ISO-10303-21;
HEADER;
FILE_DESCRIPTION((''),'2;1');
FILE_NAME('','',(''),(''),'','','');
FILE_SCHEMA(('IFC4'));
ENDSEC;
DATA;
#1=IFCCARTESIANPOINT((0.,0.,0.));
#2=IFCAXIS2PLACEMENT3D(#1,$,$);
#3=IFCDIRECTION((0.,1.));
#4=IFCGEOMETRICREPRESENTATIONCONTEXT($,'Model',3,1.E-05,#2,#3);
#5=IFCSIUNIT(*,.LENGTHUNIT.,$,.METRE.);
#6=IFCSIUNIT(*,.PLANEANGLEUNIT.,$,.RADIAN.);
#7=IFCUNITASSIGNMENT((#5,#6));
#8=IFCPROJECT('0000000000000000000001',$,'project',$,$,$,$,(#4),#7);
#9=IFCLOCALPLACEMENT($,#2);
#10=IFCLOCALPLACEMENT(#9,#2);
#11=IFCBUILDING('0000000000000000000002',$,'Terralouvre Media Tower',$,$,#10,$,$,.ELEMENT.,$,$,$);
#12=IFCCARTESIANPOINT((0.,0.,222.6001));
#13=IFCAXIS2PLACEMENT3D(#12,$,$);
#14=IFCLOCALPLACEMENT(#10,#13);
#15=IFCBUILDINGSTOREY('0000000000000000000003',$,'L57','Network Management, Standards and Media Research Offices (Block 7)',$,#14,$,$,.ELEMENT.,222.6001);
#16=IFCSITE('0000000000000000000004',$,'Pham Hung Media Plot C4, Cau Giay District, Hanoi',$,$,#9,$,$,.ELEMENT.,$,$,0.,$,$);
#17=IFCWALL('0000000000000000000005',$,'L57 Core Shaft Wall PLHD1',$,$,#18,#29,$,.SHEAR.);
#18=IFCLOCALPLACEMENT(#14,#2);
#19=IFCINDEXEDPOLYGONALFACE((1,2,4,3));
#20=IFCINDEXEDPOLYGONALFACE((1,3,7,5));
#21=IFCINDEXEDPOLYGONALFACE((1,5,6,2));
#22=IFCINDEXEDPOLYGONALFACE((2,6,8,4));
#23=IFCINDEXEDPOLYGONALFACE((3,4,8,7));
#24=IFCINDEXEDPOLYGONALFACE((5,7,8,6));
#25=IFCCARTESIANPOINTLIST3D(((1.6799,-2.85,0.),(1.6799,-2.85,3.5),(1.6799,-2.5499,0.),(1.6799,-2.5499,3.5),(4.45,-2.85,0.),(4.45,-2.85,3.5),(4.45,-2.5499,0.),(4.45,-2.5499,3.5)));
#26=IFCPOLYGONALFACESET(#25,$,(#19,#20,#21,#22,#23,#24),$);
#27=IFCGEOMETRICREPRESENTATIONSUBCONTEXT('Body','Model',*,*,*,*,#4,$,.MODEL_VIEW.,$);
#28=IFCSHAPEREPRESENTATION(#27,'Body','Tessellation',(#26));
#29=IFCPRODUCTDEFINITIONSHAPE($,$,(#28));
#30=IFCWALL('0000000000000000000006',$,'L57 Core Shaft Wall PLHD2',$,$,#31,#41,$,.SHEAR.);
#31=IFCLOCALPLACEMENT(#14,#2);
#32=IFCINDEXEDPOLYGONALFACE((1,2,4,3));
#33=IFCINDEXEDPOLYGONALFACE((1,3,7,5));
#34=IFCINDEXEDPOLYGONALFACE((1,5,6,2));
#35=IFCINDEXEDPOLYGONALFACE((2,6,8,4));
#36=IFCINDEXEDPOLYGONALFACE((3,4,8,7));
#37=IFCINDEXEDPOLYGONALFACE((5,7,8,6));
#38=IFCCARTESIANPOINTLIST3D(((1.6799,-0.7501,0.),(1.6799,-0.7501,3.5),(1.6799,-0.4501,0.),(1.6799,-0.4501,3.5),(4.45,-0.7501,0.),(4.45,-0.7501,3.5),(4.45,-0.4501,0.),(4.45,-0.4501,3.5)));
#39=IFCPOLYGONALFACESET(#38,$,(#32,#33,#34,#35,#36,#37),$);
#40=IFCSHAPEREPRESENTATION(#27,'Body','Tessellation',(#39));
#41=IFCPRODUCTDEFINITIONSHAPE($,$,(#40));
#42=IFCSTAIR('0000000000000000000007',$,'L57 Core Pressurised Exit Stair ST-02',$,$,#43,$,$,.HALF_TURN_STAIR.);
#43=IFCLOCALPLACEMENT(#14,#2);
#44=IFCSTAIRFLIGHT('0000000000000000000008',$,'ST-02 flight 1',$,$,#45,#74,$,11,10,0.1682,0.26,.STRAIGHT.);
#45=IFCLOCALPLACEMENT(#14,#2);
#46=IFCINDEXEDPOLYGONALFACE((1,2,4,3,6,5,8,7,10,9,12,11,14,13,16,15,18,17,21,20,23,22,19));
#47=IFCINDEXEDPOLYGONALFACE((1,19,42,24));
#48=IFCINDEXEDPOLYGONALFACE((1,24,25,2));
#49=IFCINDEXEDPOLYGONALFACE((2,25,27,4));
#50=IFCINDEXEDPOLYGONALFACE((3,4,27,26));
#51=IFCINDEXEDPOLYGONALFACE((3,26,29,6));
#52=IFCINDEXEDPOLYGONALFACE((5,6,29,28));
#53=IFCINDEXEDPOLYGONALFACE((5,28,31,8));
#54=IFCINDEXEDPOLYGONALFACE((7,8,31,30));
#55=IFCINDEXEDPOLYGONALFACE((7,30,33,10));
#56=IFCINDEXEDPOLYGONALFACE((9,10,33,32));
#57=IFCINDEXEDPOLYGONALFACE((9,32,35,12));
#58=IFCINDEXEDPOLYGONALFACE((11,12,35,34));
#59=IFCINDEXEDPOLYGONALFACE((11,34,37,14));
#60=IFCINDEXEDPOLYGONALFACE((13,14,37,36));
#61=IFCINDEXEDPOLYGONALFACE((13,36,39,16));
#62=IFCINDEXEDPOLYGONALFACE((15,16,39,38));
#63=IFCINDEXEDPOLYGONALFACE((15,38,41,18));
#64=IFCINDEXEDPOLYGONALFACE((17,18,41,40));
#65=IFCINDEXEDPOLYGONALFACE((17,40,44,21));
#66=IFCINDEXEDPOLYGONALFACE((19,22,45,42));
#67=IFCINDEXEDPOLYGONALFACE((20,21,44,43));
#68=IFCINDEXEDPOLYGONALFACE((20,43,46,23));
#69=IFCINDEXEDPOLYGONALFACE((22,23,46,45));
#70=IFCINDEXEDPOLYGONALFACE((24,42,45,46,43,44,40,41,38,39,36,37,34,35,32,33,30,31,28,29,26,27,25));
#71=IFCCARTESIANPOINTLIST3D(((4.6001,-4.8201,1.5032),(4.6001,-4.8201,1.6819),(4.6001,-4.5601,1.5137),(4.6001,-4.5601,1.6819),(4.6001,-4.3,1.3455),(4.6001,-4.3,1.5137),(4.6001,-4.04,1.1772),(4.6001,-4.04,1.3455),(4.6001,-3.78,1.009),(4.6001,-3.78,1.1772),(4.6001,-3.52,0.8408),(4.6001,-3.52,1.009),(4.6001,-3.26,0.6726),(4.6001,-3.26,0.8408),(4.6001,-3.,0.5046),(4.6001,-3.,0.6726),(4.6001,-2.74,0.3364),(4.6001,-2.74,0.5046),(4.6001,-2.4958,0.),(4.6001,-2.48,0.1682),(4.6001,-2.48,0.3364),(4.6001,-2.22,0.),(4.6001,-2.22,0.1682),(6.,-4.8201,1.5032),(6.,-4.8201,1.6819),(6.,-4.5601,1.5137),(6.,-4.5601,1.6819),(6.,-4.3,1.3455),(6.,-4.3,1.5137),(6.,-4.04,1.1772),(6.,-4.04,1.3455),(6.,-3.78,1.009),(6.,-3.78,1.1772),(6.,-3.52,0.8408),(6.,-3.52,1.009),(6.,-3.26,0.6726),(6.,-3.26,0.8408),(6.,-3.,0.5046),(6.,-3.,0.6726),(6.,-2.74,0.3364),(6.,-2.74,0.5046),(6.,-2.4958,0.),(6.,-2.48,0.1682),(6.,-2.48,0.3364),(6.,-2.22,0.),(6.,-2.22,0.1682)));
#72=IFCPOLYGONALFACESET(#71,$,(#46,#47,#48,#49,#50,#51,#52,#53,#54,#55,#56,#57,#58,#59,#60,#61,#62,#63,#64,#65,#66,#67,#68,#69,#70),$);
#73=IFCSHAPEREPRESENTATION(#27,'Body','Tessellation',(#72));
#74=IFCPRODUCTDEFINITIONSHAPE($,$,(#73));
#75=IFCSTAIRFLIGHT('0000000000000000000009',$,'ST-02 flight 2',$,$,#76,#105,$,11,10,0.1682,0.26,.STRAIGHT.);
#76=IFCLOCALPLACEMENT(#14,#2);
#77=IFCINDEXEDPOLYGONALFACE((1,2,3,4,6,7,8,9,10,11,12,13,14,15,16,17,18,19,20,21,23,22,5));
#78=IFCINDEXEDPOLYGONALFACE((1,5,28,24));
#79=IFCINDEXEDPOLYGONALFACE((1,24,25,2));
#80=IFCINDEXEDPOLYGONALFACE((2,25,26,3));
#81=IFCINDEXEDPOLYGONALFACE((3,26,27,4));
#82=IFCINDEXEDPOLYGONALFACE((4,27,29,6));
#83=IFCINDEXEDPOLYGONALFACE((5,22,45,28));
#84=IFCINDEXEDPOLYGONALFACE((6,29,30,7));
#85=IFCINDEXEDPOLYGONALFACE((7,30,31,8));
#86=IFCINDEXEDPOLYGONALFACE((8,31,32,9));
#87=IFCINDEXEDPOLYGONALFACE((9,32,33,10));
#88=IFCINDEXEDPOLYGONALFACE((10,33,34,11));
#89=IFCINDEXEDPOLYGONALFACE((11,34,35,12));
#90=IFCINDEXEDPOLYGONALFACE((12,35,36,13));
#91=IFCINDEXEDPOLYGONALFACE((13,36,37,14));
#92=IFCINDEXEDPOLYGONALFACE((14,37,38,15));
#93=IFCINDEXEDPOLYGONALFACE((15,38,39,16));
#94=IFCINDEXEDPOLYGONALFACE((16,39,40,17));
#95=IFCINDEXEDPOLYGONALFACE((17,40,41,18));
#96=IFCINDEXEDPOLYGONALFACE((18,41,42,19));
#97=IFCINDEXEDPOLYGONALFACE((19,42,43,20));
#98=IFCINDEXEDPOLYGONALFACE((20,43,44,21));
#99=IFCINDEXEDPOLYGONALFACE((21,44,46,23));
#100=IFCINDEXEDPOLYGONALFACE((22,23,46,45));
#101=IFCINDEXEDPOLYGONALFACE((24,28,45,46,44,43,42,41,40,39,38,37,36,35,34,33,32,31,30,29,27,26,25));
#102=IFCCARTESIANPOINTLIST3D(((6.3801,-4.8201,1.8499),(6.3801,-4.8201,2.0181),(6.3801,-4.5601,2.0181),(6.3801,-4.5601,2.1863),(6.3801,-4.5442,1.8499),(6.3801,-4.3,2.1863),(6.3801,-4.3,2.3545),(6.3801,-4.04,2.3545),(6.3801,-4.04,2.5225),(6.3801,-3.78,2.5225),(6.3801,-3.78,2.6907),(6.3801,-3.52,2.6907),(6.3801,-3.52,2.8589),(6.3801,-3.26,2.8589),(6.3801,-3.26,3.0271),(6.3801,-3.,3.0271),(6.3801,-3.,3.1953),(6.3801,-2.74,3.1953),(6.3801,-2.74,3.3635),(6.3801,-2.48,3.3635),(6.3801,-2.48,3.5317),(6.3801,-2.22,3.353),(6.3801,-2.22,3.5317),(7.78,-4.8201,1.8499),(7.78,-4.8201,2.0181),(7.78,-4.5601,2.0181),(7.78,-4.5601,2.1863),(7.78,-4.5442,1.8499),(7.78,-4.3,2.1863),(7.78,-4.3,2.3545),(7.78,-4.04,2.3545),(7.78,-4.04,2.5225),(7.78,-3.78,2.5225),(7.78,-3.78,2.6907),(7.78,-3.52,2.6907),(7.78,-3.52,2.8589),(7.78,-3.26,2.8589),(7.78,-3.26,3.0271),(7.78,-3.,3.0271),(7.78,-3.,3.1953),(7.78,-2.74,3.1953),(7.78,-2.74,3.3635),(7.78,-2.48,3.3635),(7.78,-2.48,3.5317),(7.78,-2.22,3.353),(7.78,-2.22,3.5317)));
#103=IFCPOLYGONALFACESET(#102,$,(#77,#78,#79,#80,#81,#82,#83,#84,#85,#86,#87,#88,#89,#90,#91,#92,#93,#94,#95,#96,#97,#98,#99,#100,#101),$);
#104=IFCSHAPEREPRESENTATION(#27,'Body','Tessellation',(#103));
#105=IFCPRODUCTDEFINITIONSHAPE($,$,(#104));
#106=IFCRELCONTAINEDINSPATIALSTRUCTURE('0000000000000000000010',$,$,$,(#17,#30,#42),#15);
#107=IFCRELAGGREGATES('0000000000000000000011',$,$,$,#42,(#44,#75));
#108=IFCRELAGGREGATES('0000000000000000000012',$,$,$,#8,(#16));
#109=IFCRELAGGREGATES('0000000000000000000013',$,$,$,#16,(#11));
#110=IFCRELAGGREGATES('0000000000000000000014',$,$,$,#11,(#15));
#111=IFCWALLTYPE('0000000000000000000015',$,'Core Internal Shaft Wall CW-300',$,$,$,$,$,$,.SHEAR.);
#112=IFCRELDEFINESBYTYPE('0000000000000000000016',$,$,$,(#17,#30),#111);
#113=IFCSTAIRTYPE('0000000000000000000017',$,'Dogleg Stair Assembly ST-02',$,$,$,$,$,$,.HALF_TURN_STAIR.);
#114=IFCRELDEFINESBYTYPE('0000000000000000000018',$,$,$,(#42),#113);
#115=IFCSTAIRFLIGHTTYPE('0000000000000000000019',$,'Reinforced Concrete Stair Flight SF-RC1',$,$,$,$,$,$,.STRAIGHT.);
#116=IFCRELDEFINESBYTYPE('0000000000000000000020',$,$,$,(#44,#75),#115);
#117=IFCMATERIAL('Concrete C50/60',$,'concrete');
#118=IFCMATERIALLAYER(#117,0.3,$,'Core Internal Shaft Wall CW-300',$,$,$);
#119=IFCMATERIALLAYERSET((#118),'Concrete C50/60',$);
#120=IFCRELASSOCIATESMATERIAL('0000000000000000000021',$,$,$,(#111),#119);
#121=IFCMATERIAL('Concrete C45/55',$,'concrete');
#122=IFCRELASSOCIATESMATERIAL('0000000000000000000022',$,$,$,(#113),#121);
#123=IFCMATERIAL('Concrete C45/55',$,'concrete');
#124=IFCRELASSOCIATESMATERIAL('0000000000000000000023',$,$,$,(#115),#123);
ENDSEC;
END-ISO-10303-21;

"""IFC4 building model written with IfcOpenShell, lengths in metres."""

from ifc_helpers import new_model, si_unit, direction, frame, frame_2d, origin, place, context, subcontext, project, spatial, polyline, rectangle, outline, extrude, material, layer, layer_set, type_object, element, aggregate, save


model = new_model("IFC4")

# Units and contexts
model_context = context("Model", 3, precision=1e-05, world=origin(), true_north=direction((0.0, 1.0)))
body_context = subcontext(model_context, "Body", "Model", "MODEL_VIEW")
ifc_project = project(units=[si_unit("LENGTHUNIT", "METRE"), si_unit("PLANEANGLEUNIT", "RADIAN")], contexts=[model_context])

# Site, building, storey
site_placement = place(None, origin())
site = spatial("IfcSite", under=ifc_project, at=site_placement, Name="Pham Hung Media Plot C4, Cau Giay District, Hanoi", CompositionType="ELEMENT", RefElevation=0.0)
building_placement = place(site_placement, origin())
building = spatial("IfcBuilding", under=site, at=building_placement, Name="Terralouvre Media Tower", CompositionType="ELEMENT")
storey_placement = place(building_placement, frame((0.0, 0.0, 222.6001)))
storey = spatial("IfcBuildingStorey", under=building, at=storey_placement, Name="L57", Description="Network Management, Standards and Media Research Offices (Block 7)", CompositionType="ELEMENT", Elevation=222.6001)

# Shared definitions
ifc_material_1 = material(Name="Concrete C50/60", Category="concrete")
ifc_layer_1 = layer(ifc_material_1, 0.3, Name="Core Internal Shaft Wall CW-300")
ifc_layer_set_1 = layer_set([ifc_layer_1], Name="Concrete C50/60")
wall_type = type_object("IfcWallType", Name="Core Internal Shaft Wall CW-300", PredefinedType="SHEAR", material=ifc_layer_set_1)

# Walls
for number, where, z_axis, x_axis, name in (
    (1, (1.6799, -2.7, 0.0), (0.0, 0.0, 1.0), (1.0, 0.0, 0.0), "L57 Core Shaft Wall PLHD1"),
    (2, (1.6799, -0.6001, 0.0), (0.0, 0.0, 1.0), (1.0, 0.0, 0.0), "L57 Core Shaft Wall PLHD2"),
):
    element("IfcWall", number, at=place(storey_placement, frame(where, z_axis=z_axis, x_axis=x_axis)), inside=storey, type_object=wall_type, Name=name, PredefinedType="SHEAR", context=body_context, shape_type="SweptSolid", body=[
        extrude(rectangle(XDim=2.77, YDim=0.3, at=frame_2d((1.385, 0.0))), origin(), (0.0, 0.0, 1.0), 3.5),
    ])

# Stair, stair flights
ifc_material_2 = material(Name="Concrete C45/55", Category="concrete")
stair_type_1 = type_object("IfcStairType", Name="Dogleg Stair Assembly ST-02", PredefinedType="HALF_TURN_STAIR", material=ifc_material_2)
stair_1_placement = place(storey_placement, origin())
stair_1 = element("IfcStair", 3, at=stair_1_placement, inside=storey, type_object=stair_type_1, Name="L57 Core Pressurised Exit Stair ST-02", PredefinedType="HALF_TURN_STAIR")
ifc_material_3 = material(Name="Concrete C45/55", Category="concrete")
stair_flight_type = type_object("IfcStairFlightType", Name="Reinforced Concrete Stair Flight SF-RC1", PredefinedType="STRAIGHT", material=ifc_material_3)
stair_flight_1_placement = place(storey_placement, frame((5.3, -2.22, 0.0), z_axis=(0.0, 0.0, 1.0), x_axis=(0.0, -1.0, 0.0)))
stair_flight_1 = element("IfcStairFlight", 4, at=stair_flight_1_placement, type_object=stair_flight_type, Name="ST-02 flight 1", NumberOfRisers=11, NumberOfTreads=10, PredefinedType="STRAIGHT", RiserHeight=0.1682, TreadLength=0.26, context=body_context, shape_type="SweptSolid", body=[
    extrude(outline(polyline([(0.0, 0.0), (0.0, 0.1682), (0.26, 0.1682), (0.26, 0.3364), (0.52, 0.3364), (0.52, 0.5046), (0.78, 0.5046), (0.78, 0.6726), (1.04, 0.6726), (1.04, 0.8408), (1.3, 0.8408), (1.3, 1.009), (1.5601, 1.009), (1.5601, 1.1772), (1.8201, 1.1772), (1.8201, 1.3455), (2.0801, 1.3455), (2.0801, 1.5137), (2.3401, 1.5137), (2.3401, 1.6819), (2.6001, 1.6819), (2.6001, 1.8501), (2.6001, 1.5032), (0.2759, 0.0), (0.0, 0.0)])), frame((0.0, 0.7, 0.0), z_axis=(0.0, -1.0, 0.0), x_axis=(1.0, 0.0, 0.0)), (0.0, 0.0, 1.0), 1.3999),
])
stair_flight_2_placement = place(storey_placement, frame((7.0801, -4.8201, 1.8499), z_axis=(0.0, 0.0, 1.0), x_axis=(0.0, 1.0, 0.0)))
stair_flight_2 = element("IfcStairFlight", 5, at=stair_flight_2_placement, type_object=stair_flight_type, Name="ST-02 flight 2", NumberOfRisers=11, NumberOfTreads=10, PredefinedType="STRAIGHT", RiserHeight=0.1682, TreadLength=0.26, context=body_context, shape_type="SweptSolid", body=[
    extrude(outline(polyline([(0.0, 0.0), (0.0, 0.1682), (0.26, 0.1682), (0.26, 0.3364), (0.52, 0.3364), (0.52, 0.5046), (0.78, 0.5046), (0.78, 0.6726), (1.04, 0.6726), (1.04, 0.8408), (1.3, 0.8408), (1.3, 1.009), (1.5601, 1.009), (1.5601, 1.1772), (1.8201, 1.1772), (1.8201, 1.3455), (2.0801, 1.3455), (2.0801, 1.5137), (2.3401, 1.5137), (2.3401, 1.6819), (2.6001, 1.6819), (2.6001, 1.8501), (2.6001, 1.5032), (0.2759, 0.0), (0.0, 0.0)])), frame((0.0, 0.7, 0.0), z_axis=(0.0, -1.0, 0.0), x_axis=(1.0, 0.0, 0.0)), (0.0, 0.0, 1.0), 1.3999),
])
aggregate(stair_1, [stair_flight_1, stair_flight_2])

save(model, "model.ifc")
